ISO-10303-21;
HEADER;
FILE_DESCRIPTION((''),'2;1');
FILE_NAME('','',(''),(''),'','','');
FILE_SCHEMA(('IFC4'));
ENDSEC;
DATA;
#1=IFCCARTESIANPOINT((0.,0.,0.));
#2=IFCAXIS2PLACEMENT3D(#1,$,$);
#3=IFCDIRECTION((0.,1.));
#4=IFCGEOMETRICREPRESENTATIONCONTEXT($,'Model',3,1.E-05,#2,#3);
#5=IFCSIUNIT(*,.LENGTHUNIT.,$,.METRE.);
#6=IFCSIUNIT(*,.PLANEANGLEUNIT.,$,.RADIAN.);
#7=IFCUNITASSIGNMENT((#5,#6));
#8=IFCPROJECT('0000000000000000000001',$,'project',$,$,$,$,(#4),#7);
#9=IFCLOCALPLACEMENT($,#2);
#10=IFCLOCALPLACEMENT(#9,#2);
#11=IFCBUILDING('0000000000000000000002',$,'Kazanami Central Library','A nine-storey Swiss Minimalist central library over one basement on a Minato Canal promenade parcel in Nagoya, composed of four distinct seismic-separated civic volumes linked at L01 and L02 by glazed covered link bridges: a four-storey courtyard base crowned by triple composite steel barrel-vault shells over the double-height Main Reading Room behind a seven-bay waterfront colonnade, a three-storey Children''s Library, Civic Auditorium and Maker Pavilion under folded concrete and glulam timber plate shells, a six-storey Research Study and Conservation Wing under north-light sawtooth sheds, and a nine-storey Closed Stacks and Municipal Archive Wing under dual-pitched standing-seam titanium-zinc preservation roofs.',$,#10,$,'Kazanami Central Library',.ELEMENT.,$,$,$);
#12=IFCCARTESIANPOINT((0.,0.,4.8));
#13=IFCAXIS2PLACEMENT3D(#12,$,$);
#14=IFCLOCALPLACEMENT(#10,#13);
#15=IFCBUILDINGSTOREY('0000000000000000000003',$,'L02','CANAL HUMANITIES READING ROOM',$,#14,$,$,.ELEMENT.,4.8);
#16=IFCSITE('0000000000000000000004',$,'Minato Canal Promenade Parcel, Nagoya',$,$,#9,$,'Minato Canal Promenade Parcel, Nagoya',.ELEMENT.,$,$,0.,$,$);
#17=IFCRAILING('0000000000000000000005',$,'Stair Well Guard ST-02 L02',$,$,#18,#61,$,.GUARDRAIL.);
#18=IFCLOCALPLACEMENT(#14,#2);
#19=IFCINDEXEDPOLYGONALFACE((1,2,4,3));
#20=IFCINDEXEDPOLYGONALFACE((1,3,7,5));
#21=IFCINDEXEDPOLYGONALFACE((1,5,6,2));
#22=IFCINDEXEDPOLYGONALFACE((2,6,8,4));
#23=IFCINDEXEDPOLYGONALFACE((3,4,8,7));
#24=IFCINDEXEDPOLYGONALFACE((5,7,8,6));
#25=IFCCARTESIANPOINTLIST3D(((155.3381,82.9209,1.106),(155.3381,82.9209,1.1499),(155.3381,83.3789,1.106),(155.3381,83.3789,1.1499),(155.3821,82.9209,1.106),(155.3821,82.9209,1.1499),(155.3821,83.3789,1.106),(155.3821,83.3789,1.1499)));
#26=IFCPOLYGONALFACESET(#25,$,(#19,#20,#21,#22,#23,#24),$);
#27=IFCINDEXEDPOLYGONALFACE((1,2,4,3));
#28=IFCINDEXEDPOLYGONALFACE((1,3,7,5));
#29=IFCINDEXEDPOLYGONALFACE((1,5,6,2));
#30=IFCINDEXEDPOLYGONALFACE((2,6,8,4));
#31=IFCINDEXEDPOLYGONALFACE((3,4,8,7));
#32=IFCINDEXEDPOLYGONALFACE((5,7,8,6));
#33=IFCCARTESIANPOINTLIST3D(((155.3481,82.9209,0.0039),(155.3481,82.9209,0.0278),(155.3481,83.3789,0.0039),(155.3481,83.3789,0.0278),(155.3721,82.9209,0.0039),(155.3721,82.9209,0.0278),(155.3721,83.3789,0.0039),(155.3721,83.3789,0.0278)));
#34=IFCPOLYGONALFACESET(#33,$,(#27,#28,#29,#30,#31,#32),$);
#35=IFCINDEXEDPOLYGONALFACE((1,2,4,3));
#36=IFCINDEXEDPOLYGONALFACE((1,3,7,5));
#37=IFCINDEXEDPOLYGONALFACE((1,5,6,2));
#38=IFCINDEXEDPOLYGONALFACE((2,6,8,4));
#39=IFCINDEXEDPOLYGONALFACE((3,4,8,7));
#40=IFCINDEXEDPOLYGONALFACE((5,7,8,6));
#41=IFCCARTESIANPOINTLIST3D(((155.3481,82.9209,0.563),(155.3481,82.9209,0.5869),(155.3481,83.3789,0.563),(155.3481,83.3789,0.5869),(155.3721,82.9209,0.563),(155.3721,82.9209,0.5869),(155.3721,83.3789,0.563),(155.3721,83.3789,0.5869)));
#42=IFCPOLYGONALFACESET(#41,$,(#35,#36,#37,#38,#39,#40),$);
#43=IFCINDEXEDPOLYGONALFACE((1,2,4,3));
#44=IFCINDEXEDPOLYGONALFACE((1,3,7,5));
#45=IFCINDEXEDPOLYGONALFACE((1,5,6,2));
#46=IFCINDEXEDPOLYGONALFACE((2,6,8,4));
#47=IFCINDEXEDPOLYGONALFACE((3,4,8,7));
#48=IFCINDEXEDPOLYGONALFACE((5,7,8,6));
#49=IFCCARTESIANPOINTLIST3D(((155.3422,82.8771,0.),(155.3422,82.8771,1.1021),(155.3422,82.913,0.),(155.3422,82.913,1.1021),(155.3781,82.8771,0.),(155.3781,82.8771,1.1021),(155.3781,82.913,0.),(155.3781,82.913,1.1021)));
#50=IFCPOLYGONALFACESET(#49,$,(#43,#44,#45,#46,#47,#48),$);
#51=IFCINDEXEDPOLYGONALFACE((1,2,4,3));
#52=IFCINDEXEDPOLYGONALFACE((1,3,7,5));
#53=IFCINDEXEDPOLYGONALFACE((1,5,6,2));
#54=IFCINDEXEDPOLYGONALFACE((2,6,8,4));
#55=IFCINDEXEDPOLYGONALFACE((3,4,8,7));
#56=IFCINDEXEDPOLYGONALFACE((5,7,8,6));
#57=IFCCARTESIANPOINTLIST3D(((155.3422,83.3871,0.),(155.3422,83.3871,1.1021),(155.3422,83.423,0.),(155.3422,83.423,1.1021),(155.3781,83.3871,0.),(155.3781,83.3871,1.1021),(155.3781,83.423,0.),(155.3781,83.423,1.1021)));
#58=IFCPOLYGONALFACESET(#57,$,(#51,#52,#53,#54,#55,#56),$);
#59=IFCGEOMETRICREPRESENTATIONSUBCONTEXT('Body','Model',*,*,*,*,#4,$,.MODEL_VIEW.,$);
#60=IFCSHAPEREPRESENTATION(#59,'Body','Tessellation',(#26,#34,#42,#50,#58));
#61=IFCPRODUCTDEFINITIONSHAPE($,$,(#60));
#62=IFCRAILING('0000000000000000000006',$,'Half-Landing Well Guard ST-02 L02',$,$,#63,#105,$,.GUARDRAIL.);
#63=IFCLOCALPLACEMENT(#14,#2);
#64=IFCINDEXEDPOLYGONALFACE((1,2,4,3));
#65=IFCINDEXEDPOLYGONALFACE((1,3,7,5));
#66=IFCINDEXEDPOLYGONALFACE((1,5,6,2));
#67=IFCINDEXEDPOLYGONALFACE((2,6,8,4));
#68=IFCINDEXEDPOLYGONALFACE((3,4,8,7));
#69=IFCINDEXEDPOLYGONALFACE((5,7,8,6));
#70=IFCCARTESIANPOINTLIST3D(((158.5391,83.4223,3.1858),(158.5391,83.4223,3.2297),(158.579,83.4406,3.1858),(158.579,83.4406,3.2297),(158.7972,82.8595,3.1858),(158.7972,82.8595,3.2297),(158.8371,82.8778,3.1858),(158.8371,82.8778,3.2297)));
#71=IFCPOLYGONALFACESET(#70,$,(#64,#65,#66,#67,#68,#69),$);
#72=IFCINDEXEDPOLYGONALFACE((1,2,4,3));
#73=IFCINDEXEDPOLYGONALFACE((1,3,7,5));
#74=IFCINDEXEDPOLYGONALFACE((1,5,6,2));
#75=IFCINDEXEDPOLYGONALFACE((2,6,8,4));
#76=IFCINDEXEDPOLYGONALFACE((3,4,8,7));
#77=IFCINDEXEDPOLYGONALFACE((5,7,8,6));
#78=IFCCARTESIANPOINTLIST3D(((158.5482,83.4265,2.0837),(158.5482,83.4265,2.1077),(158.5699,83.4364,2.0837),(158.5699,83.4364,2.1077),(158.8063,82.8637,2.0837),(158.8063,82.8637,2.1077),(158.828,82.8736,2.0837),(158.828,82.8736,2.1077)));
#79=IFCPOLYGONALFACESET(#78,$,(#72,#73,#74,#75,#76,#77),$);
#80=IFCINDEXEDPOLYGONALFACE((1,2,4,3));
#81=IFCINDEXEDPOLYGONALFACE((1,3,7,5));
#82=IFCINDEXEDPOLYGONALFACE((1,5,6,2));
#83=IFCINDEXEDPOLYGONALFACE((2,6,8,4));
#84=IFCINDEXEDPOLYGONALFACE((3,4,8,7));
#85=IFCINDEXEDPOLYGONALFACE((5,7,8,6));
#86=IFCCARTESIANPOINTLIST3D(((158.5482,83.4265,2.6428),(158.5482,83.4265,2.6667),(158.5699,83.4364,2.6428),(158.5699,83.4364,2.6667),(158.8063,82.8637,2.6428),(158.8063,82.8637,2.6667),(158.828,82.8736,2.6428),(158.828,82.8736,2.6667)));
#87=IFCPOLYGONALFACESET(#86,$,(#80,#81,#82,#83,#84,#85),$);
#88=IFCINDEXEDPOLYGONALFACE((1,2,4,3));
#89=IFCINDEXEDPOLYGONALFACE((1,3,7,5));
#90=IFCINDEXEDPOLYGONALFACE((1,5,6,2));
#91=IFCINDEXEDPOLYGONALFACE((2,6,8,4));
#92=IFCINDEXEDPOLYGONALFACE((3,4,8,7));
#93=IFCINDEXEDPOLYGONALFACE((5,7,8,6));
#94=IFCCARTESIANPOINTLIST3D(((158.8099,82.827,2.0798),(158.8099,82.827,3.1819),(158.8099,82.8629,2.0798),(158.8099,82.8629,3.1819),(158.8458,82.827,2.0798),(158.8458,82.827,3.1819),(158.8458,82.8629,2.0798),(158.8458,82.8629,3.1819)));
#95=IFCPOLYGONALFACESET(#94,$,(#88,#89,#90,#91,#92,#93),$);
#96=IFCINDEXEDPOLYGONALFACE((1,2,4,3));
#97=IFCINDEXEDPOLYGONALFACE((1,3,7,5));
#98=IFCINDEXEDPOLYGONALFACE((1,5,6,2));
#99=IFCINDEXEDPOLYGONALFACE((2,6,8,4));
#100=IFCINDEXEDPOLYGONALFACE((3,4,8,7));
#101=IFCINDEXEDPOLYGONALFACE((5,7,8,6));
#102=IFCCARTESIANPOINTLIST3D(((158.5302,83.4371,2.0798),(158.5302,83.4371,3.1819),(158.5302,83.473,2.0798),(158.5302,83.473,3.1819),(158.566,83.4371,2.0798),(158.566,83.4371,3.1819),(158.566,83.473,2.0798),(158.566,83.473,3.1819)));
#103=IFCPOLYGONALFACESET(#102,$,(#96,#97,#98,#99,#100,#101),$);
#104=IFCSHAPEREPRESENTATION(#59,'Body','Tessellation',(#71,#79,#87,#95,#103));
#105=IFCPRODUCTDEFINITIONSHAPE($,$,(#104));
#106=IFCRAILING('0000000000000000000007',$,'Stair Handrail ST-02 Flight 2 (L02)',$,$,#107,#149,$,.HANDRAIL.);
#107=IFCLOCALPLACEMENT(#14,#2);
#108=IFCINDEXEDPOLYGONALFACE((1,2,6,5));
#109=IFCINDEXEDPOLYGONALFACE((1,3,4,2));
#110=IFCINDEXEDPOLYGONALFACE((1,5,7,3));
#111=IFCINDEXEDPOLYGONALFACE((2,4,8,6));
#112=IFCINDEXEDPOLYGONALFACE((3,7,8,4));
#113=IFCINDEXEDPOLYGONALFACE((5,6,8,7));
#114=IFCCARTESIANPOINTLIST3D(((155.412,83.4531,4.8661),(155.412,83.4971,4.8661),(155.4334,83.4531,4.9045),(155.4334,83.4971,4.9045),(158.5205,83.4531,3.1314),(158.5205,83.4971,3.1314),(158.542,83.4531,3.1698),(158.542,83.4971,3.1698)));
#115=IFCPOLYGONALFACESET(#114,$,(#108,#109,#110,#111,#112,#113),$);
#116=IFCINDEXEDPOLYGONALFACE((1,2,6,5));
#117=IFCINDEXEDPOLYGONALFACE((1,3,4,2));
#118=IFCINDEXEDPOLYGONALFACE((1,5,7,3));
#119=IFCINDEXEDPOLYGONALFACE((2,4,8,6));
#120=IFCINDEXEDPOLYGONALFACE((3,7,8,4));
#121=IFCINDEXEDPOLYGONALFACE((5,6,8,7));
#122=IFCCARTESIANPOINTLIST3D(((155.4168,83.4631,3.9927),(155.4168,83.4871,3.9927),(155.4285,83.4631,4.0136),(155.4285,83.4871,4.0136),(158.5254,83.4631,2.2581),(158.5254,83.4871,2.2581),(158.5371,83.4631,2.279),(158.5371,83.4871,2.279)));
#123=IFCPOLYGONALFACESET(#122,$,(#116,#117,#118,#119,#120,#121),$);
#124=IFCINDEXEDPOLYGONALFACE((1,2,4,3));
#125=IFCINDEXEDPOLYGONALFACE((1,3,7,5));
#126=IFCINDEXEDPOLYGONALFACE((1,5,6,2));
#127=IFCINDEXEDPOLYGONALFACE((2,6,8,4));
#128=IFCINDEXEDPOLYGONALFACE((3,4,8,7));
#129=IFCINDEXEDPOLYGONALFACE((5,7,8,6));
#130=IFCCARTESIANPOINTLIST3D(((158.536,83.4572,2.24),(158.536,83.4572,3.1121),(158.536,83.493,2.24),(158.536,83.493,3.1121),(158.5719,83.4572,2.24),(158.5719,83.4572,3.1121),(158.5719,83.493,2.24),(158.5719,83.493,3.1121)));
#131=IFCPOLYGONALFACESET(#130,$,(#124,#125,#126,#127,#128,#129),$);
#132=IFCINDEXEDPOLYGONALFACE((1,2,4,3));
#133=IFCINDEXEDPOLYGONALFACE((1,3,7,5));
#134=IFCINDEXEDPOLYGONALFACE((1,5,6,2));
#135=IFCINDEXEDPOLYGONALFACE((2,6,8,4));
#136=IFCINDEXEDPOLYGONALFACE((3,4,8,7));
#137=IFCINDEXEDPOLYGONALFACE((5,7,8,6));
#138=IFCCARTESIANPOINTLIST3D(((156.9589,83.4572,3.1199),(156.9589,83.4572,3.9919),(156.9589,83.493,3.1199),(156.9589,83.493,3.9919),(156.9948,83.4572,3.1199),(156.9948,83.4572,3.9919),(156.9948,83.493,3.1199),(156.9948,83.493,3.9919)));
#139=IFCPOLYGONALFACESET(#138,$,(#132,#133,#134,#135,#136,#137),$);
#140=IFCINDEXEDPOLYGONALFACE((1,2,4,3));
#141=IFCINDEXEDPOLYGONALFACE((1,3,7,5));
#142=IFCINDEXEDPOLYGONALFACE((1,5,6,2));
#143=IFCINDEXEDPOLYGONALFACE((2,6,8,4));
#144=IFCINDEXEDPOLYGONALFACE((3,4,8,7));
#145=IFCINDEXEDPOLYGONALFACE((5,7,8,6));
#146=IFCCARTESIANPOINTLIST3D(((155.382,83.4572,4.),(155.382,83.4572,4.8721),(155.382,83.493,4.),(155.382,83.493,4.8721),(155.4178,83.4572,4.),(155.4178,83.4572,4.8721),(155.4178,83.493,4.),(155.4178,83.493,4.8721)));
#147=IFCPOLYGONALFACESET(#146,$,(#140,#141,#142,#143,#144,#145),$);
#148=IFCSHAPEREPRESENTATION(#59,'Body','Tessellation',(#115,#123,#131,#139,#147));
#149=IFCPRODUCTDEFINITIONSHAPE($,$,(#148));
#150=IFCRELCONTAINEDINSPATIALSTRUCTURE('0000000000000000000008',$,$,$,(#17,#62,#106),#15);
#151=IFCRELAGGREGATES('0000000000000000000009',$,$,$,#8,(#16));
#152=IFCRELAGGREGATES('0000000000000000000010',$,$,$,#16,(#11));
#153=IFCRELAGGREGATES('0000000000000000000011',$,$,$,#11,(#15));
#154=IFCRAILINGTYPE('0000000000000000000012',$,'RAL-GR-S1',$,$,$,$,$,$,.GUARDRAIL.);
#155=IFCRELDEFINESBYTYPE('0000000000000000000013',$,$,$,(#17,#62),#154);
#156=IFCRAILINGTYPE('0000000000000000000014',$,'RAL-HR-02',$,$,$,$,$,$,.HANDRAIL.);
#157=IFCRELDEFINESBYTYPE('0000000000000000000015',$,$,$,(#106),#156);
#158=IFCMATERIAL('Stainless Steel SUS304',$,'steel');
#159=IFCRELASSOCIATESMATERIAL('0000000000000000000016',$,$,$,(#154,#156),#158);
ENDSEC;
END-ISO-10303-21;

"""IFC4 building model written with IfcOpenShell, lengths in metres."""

from ifc_helpers import new_model, si_unit, direction, frame, origin, origin_2d, place, context, subcontext, project, spatial, rectangle, extrude, material, type_object, element, save


model = new_model("IFC4")

# Units and contexts
model_context = context("Model", 3, precision=1e-05, world=origin(), true_north=direction((0.0, 1.0)))
body_context = subcontext(model_context, "Body", "Model", "MODEL_VIEW")
ifc_project = project(units=[si_unit("LENGTHUNIT", "METRE"), si_unit("PLANEANGLEUNIT", "RADIAN")], contexts=[model_context])

# Site, building, storey
site_placement = place(None, origin())
site = spatial("IfcSite", under=ifc_project, at=site_placement, Name="Minato Canal Promenade Parcel, Nagoya", LongName="Minato Canal Promenade Parcel, Nagoya", CompositionType="ELEMENT", RefElevation=0.0)
building_placement = place(site_placement, origin())
building = spatial("IfcBuilding", under=site, at=building_placement, Name="Kazanami Central Library", Description="A nine-storey Swiss Minimalist central library over one basement on a Minato Canal promenade parcel in Nagoya, composed of four distinct seismic-separated civic volumes linked at L01 and L02 by glazed covered link bridges: a four-storey courtyard base crowned by triple composite steel barrel-vault shells over the double-height Main Reading Room behind a seven-bay waterfront colonnade, a three-storey Children's Library, Civic Auditorium and Maker Pavilion under folded concrete and glulam timber plate shells, a six-storey Research Study and Conservation Wing under north-light sawtooth sheds, and a nine-storey Closed Stacks and Municipal Archive Wing under dual-pitched standing-seam titanium-zinc preservation roofs.", LongName="Kazanami Central Library", CompositionType="ELEMENT")
storey_placement = place(building_placement, frame((0.0, 0.0, 4.8)))
storey = spatial("IfcBuildingStorey", under=building, at=storey_placement, Name="L02", Description="CANAL HUMANITIES READING ROOM", CompositionType="ELEMENT", Elevation=4.8)

# Railings
ifc_material_1 = material(Name="Stainless Steel SUS304", Category="steel")
railing_type_1 = type_object("IfcRailingType", Name="RAL-GR-S1", PredefinedType="GUARDRAIL", material=ifc_material_1)
railing_1_placement = place(storey_placement, frame((155.3601, 82.895, 0.0)))
element("IfcRailing", 1, at=railing_1_placement, inside=storey, type_object=railing_type_1, Name="Stair Well Guard ST-02 L02", PredefinedType="GUARDRAIL", context=body_context, shape_type="SweptSolid", body=[
    extrude(rectangle(XDim=0.0439, YDim=0.0439, at=origin_2d()), frame((0.0, 0.0259, 1.1279), z_axis=(0.0, 1.0, 0.0), x_axis=(-1.0, 0.0, 0.0)), (0.0, 0.0, 1.0), 0.458),
    extrude(rectangle(XDim=0.0239, YDim=0.0239, at=origin_2d()), frame((0.0, 0.0259, 0.0159), z_axis=(0.0, 1.0, 0.0), x_axis=(-1.0, 0.0, 0.0)), (0.0, 0.0, 1.0), 0.458),
    extrude(rectangle(XDim=0.0239, YDim=0.0239, at=origin_2d()), frame((0.0, 0.0259, 0.575), z_axis=(0.0, 1.0, 0.0), x_axis=(-1.0, 0.0, 0.0)), (0.0, 0.0, 1.0), 0.458),
    extrude(rectangle(XDim=0.0359, YDim=0.0359, at=origin_2d()), origin(), (0.0, 0.0, 1.0), 1.1021),
    extrude(rectangle(XDim=0.0359, YDim=0.0359, at=origin_2d()), frame((0.0, 0.51, 0.0)), (0.0, 0.0, 1.0), 1.1021),
])
railing_2_placement = place(storey_placement, frame((158.8279, 82.845, 2.0798)))
element("IfcRailing", 2, at=railing_2_placement, inside=storey, type_object=railing_type_1, Name="Half-Landing Well Guard ST-02 L02", PredefinedType="GUARDRAIL", context=body_context, shape_type="SweptSolid", body=[
    extrude(rectangle(XDim=0.0439, YDim=0.0439, at=origin_2d()), frame((-0.0107, 0.0237, 1.1279), z_axis=(-0.416843, 0.908979, 0.0), x_axis=(-0.908979, -0.416843, 0.0)), (0.0, 0.0, 1.0), 0.6191),
    extrude(rectangle(XDim=0.0239, YDim=0.0239, at=origin_2d()), frame((-0.0107, 0.0237, 0.0159), z_axis=(-0.416843, 0.908979, 0.0), x_axis=(-0.908979, -0.416843, 0.0)), (0.0, 0.0, 1.0), 0.6191),
    extrude(rectangle(XDim=0.0239, YDim=0.0239, at=origin_2d()), frame((-0.0107, 0.0237, 0.575), z_axis=(-0.416843, 0.908979, 0.0), x_axis=(-0.908979, -0.416843, 0.0)), (0.0, 0.0, 1.0), 0.6191),
    extrude(rectangle(XDim=0.0359, YDim=0.0359, at=origin_2d()), origin(), (0.0, 0.0, 1.0), 1.1021),
    extrude(rectangle(XDim=0.0359, YDim=0.0359, at=origin_2d()), frame((-0.2798, 0.6101, 0.0)), (0.0, 0.0, 1.0), 1.1021),
])
railing_type_2 = type_object("IfcRailingType", Name="RAL-HR-02", PredefinedType="HANDRAIL", material=ifc_material_1)
railing_3_placement = place(storey_placement, frame((158.554, 83.4751, 2.24)))
element("IfcRailing", 3, at=railing_3_placement, inside=storey, type_object=railing_type_2, Name="Stair Handrail ST-02 Flight 2 (L02)", PredefinedType="HANDRAIL", context=body_context, shape_type="SweptSolid", body=[
    extrude(rectangle(XDim=0.0439, YDim=0.0439, at=origin_2d()), frame((-0.0227, 0.0, 0.9106), z_axis=(-0.873244, 0.0, 0.487283), x_axis=(0.0, -1.0, 0.0)), (0.0, 0.0, 1.0), 3.5598),
    extrude(rectangle(XDim=0.0239, YDim=0.0239, at=origin_2d()), frame((-0.0227, 0.0, 0.0286), z_axis=(-0.873244, 0.0, 0.487283), x_axis=(0.0, -1.0, 0.0)), (0.0, 0.0, 1.0), 3.5598),
    extrude(rectangle(XDim=0.0359, YDim=0.0359, at=origin_2d()), origin(), (0.0, 0.0, 1.0), 0.8721),
    extrude(rectangle(XDim=0.0359, YDim=0.0359, at=origin_2d()), frame((-1.5771, 0.0, 0.8799)), (0.0, 0.0, 1.0), 0.8721),
    extrude(rectangle(XDim=0.0359, YDim=0.0359, at=origin_2d()), frame((-3.1541, 0.0, 1.76)), (0.0, 0.0, 1.0), 0.8721),
])

save(model, "model.ifc")
